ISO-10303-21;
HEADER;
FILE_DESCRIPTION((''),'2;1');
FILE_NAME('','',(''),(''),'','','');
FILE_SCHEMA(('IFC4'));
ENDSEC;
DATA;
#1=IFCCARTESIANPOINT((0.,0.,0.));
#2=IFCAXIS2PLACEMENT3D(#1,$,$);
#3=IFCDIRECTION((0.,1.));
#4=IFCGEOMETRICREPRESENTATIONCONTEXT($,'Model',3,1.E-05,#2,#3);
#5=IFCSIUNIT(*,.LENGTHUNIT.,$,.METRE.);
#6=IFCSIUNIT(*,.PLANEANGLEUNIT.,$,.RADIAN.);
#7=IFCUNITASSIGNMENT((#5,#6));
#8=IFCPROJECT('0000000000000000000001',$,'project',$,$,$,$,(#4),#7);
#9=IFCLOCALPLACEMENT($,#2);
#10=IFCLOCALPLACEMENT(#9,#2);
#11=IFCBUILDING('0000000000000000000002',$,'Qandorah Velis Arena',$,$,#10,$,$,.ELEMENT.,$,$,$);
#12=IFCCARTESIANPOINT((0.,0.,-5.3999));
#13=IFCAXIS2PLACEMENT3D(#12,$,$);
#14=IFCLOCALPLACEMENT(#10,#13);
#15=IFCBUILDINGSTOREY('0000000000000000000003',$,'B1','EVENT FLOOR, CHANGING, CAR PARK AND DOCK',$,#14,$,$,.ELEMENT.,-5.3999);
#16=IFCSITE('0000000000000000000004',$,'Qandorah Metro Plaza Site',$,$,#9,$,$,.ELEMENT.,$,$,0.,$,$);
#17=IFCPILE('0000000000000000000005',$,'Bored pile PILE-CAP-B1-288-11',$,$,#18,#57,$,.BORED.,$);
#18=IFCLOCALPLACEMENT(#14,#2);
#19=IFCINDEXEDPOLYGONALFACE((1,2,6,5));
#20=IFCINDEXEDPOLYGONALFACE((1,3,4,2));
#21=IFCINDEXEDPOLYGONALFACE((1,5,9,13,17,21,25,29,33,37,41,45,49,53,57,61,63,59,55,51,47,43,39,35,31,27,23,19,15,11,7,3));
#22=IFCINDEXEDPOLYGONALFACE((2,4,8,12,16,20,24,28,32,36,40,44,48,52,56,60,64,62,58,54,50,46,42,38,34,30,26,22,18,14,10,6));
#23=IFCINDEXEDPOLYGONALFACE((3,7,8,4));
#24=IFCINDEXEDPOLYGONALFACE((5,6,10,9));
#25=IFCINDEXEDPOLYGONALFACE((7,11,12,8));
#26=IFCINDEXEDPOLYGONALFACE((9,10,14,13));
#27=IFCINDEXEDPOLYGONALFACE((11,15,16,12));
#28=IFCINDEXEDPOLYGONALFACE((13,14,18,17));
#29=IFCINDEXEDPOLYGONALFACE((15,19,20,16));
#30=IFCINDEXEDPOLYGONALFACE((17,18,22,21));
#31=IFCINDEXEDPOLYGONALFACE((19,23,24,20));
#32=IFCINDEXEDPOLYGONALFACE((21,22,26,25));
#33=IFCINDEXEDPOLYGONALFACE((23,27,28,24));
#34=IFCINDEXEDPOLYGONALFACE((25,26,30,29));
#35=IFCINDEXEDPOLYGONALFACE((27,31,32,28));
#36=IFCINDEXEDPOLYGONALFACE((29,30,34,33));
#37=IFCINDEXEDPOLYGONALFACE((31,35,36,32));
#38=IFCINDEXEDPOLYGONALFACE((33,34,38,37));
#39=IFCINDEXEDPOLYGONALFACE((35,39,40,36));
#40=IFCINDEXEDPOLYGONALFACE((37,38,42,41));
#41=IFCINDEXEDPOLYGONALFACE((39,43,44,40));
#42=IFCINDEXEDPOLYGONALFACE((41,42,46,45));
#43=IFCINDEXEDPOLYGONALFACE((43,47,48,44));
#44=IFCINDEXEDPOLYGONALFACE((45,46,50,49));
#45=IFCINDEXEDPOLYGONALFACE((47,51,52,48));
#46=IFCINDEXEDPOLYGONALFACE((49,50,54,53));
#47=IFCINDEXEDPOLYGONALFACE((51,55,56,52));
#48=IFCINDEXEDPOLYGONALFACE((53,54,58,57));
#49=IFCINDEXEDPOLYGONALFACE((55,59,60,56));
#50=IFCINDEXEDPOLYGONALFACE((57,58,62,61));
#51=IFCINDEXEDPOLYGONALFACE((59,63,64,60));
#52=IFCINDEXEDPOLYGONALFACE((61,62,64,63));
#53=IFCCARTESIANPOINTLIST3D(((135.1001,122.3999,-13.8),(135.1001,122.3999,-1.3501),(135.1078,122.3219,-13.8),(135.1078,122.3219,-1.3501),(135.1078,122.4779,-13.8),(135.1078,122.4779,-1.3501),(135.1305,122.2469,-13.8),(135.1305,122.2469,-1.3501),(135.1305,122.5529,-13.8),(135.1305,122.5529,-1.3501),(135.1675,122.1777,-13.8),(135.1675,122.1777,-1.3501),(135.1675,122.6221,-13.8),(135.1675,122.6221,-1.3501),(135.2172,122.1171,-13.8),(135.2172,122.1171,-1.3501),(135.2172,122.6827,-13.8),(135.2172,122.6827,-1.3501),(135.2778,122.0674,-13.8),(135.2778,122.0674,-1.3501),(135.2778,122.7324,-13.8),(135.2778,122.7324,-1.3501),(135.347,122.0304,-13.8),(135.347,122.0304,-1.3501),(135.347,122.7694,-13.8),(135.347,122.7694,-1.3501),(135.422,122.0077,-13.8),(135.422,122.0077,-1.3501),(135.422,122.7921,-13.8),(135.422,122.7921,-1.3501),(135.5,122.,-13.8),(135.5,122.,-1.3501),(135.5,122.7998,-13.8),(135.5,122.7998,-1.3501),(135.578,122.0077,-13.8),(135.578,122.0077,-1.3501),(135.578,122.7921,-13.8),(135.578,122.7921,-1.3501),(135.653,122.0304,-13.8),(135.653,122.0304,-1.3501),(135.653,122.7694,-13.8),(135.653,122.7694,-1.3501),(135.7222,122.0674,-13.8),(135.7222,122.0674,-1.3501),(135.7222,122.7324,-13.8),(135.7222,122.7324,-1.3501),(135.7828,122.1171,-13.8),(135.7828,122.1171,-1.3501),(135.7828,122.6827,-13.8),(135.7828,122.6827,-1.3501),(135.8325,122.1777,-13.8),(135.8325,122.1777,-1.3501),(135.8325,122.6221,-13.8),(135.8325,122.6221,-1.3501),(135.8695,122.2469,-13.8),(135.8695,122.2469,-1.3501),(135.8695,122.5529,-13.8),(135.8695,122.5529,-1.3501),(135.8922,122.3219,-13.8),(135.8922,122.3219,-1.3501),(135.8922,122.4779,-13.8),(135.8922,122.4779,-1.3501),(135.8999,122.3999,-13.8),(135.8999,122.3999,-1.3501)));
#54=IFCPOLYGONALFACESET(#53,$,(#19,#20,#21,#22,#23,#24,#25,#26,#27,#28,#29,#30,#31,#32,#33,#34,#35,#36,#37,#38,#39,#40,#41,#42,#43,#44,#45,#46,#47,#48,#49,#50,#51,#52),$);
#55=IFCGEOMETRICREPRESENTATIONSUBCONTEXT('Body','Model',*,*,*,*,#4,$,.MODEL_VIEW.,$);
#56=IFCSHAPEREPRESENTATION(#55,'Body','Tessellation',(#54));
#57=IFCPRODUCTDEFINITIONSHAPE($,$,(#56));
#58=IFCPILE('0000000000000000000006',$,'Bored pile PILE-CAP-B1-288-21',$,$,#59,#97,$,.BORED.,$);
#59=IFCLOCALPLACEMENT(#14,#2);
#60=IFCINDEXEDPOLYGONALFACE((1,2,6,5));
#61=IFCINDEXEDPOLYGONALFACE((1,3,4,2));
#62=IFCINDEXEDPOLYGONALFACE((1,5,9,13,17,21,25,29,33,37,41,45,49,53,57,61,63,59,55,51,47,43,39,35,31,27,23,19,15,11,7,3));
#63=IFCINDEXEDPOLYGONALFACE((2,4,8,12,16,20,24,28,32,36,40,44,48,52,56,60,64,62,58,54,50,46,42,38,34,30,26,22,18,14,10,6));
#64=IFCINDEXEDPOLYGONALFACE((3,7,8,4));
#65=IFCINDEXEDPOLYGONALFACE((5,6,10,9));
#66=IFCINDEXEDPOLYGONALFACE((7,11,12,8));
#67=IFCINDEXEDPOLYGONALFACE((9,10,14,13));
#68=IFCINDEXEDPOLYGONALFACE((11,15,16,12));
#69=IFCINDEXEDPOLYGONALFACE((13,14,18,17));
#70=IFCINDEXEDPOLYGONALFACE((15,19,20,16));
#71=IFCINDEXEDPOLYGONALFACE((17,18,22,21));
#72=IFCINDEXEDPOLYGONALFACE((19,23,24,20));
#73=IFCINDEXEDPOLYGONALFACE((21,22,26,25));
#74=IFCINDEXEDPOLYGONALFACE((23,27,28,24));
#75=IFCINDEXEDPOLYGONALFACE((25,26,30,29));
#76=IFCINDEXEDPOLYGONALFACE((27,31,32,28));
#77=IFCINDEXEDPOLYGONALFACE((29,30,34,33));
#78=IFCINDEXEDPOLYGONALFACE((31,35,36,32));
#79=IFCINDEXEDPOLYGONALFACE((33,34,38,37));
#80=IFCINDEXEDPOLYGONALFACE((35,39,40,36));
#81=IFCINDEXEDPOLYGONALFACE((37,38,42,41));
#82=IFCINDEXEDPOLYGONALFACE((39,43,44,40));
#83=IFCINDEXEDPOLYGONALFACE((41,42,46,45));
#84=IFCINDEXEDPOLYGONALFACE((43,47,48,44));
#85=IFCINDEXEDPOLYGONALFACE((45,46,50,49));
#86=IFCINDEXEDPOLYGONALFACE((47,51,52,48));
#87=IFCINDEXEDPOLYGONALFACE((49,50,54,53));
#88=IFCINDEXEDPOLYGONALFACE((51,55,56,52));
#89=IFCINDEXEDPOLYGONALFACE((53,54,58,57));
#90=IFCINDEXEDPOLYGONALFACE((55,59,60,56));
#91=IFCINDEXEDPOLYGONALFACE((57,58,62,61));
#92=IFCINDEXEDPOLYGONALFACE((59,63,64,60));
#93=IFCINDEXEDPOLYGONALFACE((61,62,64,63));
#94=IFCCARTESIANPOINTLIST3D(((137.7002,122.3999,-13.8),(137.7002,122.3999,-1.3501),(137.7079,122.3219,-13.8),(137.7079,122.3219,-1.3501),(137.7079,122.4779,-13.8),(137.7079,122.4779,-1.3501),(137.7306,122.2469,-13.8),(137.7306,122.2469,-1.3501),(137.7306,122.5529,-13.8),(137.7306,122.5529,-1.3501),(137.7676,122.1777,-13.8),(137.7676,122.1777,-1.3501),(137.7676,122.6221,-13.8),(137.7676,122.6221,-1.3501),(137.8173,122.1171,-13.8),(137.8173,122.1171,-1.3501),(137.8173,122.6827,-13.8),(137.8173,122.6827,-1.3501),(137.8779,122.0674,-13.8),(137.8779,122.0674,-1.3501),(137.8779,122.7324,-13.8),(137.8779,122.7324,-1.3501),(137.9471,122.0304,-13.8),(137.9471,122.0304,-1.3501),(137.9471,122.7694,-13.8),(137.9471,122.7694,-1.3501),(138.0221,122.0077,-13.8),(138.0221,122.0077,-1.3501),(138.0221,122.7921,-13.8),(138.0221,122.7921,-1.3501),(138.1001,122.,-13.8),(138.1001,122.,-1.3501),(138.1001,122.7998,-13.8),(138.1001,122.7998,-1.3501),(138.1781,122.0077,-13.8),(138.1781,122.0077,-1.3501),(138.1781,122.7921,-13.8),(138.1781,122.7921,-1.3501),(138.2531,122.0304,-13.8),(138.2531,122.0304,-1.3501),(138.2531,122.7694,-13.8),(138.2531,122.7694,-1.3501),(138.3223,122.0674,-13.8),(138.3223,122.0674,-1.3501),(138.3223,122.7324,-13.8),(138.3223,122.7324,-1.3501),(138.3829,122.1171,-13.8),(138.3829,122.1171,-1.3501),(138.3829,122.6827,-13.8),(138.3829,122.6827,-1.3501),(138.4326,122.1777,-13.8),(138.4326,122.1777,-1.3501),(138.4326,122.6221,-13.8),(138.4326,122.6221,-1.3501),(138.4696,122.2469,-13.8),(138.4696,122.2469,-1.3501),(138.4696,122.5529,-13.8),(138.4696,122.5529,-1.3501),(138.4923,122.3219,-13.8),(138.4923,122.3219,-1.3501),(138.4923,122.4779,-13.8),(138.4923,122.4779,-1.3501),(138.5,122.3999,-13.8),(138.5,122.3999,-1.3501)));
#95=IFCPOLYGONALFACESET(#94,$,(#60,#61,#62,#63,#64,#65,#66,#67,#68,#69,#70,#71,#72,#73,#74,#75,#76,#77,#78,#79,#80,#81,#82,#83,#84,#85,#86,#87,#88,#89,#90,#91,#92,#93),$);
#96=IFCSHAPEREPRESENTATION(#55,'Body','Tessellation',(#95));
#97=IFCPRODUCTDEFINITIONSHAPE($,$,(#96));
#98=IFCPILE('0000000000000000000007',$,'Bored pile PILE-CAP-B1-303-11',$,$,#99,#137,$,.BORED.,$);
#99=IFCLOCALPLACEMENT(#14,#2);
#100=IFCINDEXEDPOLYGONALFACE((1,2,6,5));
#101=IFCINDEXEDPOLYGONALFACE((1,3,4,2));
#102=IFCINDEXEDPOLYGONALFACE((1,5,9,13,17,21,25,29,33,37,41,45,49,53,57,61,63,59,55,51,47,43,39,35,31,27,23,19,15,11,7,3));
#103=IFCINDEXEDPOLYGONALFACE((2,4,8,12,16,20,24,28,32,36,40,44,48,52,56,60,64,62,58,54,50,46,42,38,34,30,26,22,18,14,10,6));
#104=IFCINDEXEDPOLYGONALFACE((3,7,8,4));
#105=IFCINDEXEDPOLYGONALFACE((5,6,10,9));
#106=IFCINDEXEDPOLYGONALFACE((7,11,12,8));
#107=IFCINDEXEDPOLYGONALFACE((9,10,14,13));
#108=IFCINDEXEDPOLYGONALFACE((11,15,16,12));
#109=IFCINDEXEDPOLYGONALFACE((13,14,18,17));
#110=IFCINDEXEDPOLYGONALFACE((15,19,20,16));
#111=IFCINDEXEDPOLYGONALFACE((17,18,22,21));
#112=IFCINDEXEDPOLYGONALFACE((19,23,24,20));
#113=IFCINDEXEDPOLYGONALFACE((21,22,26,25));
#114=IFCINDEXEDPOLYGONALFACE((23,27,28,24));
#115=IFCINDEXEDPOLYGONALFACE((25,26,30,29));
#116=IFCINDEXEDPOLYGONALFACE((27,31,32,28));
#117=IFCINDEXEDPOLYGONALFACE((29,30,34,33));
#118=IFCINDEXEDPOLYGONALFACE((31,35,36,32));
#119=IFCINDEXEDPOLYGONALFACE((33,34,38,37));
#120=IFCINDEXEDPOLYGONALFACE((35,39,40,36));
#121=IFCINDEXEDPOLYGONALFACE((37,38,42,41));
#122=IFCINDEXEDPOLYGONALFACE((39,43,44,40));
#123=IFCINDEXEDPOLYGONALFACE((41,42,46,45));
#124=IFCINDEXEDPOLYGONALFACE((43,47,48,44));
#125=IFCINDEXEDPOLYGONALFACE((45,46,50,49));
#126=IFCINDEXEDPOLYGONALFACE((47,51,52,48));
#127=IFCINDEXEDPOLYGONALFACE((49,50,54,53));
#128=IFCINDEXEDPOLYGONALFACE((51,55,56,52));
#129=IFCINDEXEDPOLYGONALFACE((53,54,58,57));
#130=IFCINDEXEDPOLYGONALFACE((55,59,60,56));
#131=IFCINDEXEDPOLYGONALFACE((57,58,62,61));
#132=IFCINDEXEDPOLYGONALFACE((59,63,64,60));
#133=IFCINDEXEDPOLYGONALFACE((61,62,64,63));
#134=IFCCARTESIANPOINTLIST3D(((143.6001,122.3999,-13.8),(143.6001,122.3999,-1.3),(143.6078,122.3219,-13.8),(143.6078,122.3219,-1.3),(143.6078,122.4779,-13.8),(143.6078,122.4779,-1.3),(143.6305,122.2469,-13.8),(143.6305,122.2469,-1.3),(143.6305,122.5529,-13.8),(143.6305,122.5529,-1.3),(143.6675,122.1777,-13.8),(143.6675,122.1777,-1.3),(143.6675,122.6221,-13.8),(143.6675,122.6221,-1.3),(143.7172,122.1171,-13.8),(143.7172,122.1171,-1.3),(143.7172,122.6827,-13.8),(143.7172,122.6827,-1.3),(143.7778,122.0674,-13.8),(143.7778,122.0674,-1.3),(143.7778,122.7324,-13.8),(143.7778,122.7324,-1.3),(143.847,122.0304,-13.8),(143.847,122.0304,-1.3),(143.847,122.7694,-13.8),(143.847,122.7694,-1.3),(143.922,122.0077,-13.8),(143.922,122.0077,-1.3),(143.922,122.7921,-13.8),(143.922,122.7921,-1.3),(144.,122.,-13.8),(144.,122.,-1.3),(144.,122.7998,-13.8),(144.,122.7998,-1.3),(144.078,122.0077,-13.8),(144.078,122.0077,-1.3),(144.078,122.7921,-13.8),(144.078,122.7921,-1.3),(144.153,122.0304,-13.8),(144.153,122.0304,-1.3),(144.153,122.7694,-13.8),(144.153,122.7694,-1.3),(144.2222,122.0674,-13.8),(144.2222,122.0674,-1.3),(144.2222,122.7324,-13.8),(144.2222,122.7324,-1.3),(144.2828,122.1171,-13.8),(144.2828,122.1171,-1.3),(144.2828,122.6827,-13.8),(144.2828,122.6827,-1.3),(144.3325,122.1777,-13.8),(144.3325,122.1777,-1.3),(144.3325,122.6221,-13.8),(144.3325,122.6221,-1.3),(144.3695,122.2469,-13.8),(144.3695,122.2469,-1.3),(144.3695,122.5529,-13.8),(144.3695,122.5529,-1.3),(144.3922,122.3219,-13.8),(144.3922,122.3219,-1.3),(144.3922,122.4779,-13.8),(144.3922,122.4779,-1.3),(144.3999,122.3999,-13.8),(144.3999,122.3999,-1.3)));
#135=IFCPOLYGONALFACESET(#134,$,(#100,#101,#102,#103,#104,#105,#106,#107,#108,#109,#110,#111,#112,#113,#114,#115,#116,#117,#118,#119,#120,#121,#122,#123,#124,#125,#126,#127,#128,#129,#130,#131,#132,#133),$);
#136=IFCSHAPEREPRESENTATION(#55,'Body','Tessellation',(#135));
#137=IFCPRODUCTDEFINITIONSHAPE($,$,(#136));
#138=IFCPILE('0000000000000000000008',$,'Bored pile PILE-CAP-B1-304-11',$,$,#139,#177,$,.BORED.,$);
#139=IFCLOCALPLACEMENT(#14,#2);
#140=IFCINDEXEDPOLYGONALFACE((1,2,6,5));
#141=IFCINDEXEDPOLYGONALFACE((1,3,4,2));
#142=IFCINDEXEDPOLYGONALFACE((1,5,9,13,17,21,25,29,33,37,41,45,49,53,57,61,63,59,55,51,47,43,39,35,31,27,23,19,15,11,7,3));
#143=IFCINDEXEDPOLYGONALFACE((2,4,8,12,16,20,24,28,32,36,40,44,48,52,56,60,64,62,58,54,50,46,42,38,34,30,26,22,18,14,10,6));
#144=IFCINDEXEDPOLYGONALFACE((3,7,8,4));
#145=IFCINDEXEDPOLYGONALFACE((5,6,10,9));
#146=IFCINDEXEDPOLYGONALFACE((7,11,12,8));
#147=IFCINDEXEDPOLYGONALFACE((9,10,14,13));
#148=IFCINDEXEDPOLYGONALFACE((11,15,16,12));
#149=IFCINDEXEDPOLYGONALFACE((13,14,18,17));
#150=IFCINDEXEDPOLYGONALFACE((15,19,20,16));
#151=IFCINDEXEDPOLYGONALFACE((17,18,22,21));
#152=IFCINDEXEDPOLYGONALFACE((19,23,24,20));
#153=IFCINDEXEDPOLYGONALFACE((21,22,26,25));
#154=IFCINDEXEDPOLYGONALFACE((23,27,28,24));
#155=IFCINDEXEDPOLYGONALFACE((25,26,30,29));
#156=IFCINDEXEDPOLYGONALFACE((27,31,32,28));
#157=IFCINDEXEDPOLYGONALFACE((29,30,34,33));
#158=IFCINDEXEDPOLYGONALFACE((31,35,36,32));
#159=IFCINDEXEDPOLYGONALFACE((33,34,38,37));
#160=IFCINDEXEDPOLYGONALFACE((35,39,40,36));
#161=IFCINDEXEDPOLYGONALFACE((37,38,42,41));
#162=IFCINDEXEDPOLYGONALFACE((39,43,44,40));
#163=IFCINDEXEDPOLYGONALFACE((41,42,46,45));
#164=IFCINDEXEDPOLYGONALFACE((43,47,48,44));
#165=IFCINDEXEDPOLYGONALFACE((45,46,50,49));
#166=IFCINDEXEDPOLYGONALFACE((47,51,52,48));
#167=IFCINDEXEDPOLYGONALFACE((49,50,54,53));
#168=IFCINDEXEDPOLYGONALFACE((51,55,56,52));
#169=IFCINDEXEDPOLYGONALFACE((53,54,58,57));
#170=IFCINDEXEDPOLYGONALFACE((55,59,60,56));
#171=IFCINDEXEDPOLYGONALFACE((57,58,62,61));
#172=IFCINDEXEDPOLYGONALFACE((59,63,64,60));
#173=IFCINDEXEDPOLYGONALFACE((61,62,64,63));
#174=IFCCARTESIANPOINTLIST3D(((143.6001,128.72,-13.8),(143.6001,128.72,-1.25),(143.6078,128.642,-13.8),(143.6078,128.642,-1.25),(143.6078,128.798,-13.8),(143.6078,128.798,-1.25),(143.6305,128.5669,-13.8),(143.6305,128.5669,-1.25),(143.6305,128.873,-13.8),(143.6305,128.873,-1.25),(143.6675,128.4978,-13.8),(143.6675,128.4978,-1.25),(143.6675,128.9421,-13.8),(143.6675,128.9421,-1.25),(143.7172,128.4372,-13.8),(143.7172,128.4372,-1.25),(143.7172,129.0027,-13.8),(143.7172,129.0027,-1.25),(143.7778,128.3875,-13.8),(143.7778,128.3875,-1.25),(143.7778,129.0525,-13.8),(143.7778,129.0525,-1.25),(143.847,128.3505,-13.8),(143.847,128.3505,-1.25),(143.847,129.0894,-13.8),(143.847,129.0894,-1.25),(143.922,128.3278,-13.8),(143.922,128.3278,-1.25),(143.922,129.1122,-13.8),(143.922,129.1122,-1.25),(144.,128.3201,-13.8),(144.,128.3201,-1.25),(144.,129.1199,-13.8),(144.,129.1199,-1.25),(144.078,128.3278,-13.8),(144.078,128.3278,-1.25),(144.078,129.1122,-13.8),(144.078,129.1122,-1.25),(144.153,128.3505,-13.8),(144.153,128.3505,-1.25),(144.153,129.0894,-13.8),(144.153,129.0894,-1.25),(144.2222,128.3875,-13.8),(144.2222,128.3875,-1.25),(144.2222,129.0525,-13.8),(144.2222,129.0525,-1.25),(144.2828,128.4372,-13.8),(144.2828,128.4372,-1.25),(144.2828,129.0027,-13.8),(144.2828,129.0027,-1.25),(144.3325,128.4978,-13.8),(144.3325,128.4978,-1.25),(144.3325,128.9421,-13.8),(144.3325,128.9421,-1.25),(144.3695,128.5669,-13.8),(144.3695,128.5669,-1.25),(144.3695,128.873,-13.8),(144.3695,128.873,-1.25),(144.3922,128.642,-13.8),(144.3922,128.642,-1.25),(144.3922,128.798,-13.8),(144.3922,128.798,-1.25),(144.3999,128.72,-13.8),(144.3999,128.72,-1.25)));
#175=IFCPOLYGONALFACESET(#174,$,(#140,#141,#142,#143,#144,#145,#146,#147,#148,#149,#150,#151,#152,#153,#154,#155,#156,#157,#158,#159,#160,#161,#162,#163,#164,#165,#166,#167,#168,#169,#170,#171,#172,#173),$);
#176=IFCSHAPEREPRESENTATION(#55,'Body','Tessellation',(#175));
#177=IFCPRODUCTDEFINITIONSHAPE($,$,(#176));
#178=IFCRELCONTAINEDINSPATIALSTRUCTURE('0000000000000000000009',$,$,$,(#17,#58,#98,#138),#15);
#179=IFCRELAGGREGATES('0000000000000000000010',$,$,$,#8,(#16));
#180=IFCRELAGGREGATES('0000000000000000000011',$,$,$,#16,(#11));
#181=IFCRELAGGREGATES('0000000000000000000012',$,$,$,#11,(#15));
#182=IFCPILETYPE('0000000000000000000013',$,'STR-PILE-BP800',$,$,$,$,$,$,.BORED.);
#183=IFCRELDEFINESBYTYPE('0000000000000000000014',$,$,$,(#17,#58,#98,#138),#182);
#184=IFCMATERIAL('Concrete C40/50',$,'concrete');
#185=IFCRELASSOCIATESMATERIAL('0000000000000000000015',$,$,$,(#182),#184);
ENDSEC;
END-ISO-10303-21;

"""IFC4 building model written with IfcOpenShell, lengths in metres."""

from ifc_helpers import new_model, si_unit, direction, frame, origin, origin_2d, place, context, subcontext, project, spatial, circle, extrude, material, material_profile, profile_set, type_object, element, save


model = new_model("IFC4")

# Units and contexts
model_context = context("Model", 3, precision=1e-05, world=origin(), true_north=direction((0.0, 1.0)))
body_context = subcontext(model_context, "Body", "Model", "MODEL_VIEW")
ifc_project = project(units=[si_unit("LENGTHUNIT", "METRE"), si_unit("PLANEANGLEUNIT", "RADIAN")], contexts=[model_context])

# Site, building, storey
site_placement = place(None, origin())
site = spatial("IfcSite", under=ifc_project, at=site_placement, Name="Qandorah Metro Plaza Site", CompositionType="ELEMENT", RefElevation=0.0)
building_placement = place(site_placement, origin())
building = spatial("IfcBuilding", under=site, at=building_placement, Name="Qandorah Velis Arena", CompositionType="ELEMENT")
storey_placement = place(building_placement, frame((0.0, 0.0, -5.3999)))
storey = spatial("IfcBuildingStorey", under=building, at=storey_placement, Name="B1", Description="EVENT FLOOR, CHANGING, CAR PARK AND DOCK", CompositionType="ELEMENT", Elevation=-5.3999)

# Shared definitions
ifc_material_1 = material(Name="Concrete C40/50", Category="concrete")

# Piles
ifc_material_profile_1 = material_profile(ifc_material_1, circle(Radius=0.3999, at=origin_2d()), Name="BORED PILE D800")
ifc_profile_set_1 = profile_set([ifc_material_profile_1], Name="Concrete C40/50")
pile_type_1 = type_object("IfcPileType", Name="STR-PILE-BP800", PredefinedType="BORED", material=ifc_profile_set_1)
for number, where, z_axis, x_axis, name in (
    (1, (135.5, 122.3999, -1.3501), (0.0, 0.0, -1.0), (1.0, 0.0, 0.0), "Bored pile PILE-CAP-B1-288-11"),
    (2, (138.1001, 122.3999, -1.3501), (0.0, 0.0, -1.0), (1.0, 0.0, 0.0), "Bored pile PILE-CAP-B1-288-21"),
):
    element("IfcPile", number, at=place(storey_placement, frame(where, z_axis=z_axis, x_axis=x_axis)), inside=storey, type_object=pile_type_1, Name=name, PredefinedType="BORED", context=body_context, shape_type="SweptSolid", body=[
        extrude(circle(Radius=0.3999, at=origin_2d()), origin(), (0.0, 0.0, 1.0), 12.45),
    ])
pile_1_placement = place(storey_placement, frame((144.0, 122.3999, -1.3), z_axis=(0.0, 0.0, -1.0), x_axis=(1.0, 0.0, 0.0)))
element("IfcPile", 3, at=pile_1_placement, inside=storey, type_object=pile_type_1, Name="Bored pile PILE-CAP-B1-303-11", PredefinedType="BORED", context=body_context, shape_type="SweptSolid", body=[
    extrude(circle(Radius=0.3999, at=origin_2d()), origin(), (0.0, 0.0, 1.0), 12.5),
])
pile_2_placement = place(storey_placement, frame((144.0, 128.72, -1.25), z_axis=(0.0, 0.0, -1.0), x_axis=(1.0, 0.0, 0.0)))
element("IfcPile", 4, at=pile_2_placement, inside=storey, type_object=pile_type_1, Name="Bored pile PILE-CAP-B1-304-11", PredefinedType="BORED", context=body_context, shape_type="SweptSolid", body=[
    extrude(circle(Radius=0.3999, at=origin_2d()), origin(), (0.0, 0.0, 1.0), 12.55),
])

save(model, "model.ifc")
